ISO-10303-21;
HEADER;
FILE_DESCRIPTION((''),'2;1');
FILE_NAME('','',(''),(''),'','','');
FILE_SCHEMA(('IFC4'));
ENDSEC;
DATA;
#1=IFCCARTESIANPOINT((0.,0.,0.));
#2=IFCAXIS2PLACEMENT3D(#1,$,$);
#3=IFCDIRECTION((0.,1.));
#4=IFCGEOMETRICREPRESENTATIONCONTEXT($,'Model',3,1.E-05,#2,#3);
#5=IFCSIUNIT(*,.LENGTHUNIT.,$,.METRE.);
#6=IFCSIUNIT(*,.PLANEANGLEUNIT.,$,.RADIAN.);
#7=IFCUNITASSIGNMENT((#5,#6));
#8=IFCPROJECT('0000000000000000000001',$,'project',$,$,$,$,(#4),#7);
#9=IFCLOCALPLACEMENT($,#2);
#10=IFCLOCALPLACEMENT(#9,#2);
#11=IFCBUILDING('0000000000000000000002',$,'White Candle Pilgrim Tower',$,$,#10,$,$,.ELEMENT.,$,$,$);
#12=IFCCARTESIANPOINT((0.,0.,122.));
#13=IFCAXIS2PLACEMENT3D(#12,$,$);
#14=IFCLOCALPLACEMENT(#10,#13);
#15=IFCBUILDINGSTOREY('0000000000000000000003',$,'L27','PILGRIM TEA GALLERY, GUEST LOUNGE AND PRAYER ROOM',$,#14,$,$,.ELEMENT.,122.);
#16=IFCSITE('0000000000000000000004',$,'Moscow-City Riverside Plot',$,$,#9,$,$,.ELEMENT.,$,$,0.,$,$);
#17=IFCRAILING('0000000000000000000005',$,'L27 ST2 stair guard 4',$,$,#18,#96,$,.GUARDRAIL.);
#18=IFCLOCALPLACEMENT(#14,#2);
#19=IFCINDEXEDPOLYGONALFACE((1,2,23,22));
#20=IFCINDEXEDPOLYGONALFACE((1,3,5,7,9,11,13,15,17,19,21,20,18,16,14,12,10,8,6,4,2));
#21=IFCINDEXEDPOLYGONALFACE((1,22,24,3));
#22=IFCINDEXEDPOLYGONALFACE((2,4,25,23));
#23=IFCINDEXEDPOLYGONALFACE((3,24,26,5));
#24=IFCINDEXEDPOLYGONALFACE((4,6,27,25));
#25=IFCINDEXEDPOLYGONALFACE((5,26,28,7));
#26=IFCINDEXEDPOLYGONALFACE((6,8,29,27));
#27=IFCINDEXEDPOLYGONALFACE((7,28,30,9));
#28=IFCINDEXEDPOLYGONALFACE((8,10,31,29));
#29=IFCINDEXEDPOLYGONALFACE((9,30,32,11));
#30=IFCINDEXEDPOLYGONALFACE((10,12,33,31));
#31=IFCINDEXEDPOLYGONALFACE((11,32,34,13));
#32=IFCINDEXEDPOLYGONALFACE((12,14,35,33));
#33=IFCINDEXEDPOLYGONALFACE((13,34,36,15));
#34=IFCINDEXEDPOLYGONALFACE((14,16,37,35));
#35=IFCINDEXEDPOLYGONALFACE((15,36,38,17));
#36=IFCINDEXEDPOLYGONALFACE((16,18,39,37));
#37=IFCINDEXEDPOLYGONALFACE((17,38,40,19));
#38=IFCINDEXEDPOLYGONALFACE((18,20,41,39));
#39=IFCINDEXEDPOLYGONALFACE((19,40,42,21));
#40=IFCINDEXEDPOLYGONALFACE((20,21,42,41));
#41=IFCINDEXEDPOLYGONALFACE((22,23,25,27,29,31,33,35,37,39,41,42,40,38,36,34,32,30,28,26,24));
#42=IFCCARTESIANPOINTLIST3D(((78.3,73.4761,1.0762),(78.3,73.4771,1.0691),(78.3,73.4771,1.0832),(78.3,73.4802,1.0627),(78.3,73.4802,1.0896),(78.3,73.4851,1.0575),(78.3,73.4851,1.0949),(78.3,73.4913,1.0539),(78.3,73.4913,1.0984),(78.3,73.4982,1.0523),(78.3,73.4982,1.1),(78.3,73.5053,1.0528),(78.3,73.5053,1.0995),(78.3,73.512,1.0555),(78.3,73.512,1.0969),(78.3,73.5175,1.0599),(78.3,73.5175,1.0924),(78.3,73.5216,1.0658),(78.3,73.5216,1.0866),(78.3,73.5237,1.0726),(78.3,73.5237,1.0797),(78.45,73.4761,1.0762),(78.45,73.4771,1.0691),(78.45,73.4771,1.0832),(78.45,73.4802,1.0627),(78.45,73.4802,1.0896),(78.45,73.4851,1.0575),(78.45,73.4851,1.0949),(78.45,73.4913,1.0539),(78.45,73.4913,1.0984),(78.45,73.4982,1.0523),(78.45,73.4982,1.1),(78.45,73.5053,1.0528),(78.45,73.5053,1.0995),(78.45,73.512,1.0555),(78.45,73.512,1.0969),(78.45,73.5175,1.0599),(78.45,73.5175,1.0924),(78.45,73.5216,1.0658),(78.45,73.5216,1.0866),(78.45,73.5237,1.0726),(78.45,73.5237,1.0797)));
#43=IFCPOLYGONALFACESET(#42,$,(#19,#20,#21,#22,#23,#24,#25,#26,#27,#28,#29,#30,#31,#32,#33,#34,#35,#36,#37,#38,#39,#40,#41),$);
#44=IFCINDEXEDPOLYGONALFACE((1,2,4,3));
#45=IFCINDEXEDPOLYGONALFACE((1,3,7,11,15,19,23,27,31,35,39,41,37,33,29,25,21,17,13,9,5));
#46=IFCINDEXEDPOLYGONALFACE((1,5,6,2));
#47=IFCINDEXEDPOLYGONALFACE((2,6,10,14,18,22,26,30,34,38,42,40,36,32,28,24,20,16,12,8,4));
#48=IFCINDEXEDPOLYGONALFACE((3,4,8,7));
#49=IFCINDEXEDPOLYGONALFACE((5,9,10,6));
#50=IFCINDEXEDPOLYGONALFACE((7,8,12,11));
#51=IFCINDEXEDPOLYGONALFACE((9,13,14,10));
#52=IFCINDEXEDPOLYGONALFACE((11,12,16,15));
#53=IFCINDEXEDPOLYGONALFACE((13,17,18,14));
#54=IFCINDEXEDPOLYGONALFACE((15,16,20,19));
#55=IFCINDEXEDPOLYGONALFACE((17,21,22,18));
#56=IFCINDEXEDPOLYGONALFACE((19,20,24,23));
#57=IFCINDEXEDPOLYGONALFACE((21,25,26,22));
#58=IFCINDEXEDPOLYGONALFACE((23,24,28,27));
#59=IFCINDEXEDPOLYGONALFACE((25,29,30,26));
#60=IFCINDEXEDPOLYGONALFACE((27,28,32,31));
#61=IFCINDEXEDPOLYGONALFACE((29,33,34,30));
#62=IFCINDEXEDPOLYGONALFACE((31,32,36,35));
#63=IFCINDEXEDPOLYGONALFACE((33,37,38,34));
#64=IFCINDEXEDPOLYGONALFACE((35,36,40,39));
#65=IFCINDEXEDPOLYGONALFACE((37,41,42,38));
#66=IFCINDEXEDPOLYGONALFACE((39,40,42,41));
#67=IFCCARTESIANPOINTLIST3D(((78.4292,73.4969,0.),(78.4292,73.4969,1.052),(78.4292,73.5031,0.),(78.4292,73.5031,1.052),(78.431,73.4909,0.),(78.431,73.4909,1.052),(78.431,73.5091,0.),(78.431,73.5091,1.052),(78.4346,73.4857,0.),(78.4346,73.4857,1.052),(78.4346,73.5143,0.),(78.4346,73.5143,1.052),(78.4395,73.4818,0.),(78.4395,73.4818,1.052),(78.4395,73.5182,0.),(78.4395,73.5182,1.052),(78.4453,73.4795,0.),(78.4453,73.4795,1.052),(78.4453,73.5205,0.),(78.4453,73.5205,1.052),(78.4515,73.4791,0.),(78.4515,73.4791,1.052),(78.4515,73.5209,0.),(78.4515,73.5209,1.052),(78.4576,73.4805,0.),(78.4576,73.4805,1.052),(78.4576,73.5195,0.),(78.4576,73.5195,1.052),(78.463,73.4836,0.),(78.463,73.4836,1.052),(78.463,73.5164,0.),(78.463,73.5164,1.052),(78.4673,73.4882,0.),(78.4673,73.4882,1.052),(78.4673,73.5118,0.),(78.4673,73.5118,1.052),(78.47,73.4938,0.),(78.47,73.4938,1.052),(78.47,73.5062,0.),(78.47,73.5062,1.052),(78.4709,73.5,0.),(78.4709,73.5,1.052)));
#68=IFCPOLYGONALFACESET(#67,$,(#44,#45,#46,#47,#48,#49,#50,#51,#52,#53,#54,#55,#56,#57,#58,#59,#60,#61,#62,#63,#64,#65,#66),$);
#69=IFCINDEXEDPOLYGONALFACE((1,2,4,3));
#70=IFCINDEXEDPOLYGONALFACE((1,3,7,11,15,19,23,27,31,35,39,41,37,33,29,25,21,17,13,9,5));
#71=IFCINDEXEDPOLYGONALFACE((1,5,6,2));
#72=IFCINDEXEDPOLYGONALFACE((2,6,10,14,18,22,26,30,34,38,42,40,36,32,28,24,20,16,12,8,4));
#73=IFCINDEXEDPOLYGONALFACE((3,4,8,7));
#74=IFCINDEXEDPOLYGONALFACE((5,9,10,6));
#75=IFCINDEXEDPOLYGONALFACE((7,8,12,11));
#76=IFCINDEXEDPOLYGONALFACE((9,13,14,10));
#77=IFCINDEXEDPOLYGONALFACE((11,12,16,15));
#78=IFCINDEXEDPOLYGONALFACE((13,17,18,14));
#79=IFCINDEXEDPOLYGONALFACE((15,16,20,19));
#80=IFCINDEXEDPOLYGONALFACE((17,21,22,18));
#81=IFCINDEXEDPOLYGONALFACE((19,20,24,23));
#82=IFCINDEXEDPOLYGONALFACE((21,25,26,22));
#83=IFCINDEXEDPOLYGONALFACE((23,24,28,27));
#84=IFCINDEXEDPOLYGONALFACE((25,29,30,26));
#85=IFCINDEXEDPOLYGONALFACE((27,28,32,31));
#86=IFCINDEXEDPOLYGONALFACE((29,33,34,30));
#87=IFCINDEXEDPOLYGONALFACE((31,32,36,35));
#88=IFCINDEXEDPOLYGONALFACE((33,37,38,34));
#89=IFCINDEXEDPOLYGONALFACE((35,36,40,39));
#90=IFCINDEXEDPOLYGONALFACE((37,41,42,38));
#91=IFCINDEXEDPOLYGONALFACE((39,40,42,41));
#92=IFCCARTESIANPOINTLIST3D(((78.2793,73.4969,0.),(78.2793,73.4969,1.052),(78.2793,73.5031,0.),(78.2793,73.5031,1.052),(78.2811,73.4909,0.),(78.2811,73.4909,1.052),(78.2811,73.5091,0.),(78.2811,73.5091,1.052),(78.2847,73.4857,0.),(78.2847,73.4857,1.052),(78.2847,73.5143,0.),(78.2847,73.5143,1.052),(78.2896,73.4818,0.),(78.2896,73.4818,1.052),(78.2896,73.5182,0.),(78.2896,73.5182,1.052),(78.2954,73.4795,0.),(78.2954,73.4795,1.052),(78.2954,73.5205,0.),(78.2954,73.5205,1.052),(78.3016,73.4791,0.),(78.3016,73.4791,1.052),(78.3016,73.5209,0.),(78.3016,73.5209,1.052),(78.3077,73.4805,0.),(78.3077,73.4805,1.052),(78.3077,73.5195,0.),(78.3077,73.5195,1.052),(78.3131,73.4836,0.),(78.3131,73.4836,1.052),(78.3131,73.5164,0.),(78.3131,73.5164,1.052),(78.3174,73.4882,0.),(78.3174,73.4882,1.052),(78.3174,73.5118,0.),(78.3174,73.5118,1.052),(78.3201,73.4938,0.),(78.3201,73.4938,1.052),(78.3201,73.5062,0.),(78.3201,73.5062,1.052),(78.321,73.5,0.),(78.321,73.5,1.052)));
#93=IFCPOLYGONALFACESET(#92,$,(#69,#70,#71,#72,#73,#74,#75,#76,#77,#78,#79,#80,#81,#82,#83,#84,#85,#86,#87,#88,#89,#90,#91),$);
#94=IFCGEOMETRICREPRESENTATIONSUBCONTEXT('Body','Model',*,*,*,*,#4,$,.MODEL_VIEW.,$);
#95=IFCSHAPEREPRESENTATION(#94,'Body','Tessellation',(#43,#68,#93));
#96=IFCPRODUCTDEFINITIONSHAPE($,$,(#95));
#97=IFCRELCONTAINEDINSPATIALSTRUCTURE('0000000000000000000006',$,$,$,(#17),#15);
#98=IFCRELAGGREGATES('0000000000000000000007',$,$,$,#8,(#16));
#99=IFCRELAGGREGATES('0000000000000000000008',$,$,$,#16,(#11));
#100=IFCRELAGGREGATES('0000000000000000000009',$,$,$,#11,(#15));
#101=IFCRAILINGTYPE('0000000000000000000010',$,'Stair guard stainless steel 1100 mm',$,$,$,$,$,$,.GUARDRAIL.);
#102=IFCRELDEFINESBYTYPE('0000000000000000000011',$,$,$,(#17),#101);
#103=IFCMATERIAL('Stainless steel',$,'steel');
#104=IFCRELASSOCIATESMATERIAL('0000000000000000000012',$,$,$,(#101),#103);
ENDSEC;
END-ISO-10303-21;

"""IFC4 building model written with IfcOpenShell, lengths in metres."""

from ifc_helpers import new_model, si_unit, direction, frame, origin, origin_2d, place, context, subcontext, project, spatial, circle, extrude, material, type_object, element, save


model = new_model("IFC4")

# Units and contexts
model_context = context("Model", 3, precision=1e-05, world=origin(), true_north=direction((0.0, 1.0)))
body_context = subcontext(model_context, "Body", "Model", "MODEL_VIEW")
ifc_project = project(units=[si_unit("LENGTHUNIT", "METRE"), si_unit("PLANEANGLEUNIT", "RADIAN")], contexts=[model_context])

# Site, building, storey
site_placement = place(None, origin())
site = spatial("IfcSite", under=ifc_project, at=site_placement, Name="Moscow-City Riverside Plot", CompositionType="ELEMENT", RefElevation=0.0)
building_placement = place(site_placement, origin())
building = spatial("IfcBuilding", under=site, at=building_placement, Name="White Candle Pilgrim Tower", CompositionType="ELEMENT")
storey_placement = place(building_placement, frame((0.0, 0.0, 122.0)))
storey = spatial("IfcBuildingStorey", under=building, at=storey_placement, Name="L27", Description="PILGRIM TEA GALLERY, GUEST LOUNGE AND PRAYER ROOM", CompositionType="ELEMENT", Elevation=122.0)

# Railing
ifc_material_1 = material(Name="Stainless steel", Category="steel")
railing_type_1 = type_object("IfcRailingType", Name="Stair guard stainless steel 1100 mm", PredefinedType="GUARDRAIL", material=ifc_material_1)
railing_1_placement = place(storey_placement, frame((78.45, 73.5, 0.0)))
element("IfcRailing", 1, at=railing_1_placement, inside=storey, type_object=railing_type_1, Name="L27 ST2 stair guard 4", PredefinedType="GUARDRAIL", context=body_context, shape_type="SweptSolid", body=[
    extrude(circle(Radius=0.0239, at=origin_2d()), frame((0.0, 0.0, 1.0762), z_axis=(-1.0, 0.0, 0.0), x_axis=(0.0, -1.0, 0.0)), (0.0, 0.0, 1.0), 0.1499),
    extrude(circle(Radius=0.021, at=origin_2d()), origin(), (0.0, 0.0, 1.0), 1.052),
    extrude(circle(Radius=0.021, at=origin_2d()), frame((-0.1499, 0.0, 0.0)), (0.0, 0.0, 1.0), 1.052),
])

save(model, "model.ifc")
